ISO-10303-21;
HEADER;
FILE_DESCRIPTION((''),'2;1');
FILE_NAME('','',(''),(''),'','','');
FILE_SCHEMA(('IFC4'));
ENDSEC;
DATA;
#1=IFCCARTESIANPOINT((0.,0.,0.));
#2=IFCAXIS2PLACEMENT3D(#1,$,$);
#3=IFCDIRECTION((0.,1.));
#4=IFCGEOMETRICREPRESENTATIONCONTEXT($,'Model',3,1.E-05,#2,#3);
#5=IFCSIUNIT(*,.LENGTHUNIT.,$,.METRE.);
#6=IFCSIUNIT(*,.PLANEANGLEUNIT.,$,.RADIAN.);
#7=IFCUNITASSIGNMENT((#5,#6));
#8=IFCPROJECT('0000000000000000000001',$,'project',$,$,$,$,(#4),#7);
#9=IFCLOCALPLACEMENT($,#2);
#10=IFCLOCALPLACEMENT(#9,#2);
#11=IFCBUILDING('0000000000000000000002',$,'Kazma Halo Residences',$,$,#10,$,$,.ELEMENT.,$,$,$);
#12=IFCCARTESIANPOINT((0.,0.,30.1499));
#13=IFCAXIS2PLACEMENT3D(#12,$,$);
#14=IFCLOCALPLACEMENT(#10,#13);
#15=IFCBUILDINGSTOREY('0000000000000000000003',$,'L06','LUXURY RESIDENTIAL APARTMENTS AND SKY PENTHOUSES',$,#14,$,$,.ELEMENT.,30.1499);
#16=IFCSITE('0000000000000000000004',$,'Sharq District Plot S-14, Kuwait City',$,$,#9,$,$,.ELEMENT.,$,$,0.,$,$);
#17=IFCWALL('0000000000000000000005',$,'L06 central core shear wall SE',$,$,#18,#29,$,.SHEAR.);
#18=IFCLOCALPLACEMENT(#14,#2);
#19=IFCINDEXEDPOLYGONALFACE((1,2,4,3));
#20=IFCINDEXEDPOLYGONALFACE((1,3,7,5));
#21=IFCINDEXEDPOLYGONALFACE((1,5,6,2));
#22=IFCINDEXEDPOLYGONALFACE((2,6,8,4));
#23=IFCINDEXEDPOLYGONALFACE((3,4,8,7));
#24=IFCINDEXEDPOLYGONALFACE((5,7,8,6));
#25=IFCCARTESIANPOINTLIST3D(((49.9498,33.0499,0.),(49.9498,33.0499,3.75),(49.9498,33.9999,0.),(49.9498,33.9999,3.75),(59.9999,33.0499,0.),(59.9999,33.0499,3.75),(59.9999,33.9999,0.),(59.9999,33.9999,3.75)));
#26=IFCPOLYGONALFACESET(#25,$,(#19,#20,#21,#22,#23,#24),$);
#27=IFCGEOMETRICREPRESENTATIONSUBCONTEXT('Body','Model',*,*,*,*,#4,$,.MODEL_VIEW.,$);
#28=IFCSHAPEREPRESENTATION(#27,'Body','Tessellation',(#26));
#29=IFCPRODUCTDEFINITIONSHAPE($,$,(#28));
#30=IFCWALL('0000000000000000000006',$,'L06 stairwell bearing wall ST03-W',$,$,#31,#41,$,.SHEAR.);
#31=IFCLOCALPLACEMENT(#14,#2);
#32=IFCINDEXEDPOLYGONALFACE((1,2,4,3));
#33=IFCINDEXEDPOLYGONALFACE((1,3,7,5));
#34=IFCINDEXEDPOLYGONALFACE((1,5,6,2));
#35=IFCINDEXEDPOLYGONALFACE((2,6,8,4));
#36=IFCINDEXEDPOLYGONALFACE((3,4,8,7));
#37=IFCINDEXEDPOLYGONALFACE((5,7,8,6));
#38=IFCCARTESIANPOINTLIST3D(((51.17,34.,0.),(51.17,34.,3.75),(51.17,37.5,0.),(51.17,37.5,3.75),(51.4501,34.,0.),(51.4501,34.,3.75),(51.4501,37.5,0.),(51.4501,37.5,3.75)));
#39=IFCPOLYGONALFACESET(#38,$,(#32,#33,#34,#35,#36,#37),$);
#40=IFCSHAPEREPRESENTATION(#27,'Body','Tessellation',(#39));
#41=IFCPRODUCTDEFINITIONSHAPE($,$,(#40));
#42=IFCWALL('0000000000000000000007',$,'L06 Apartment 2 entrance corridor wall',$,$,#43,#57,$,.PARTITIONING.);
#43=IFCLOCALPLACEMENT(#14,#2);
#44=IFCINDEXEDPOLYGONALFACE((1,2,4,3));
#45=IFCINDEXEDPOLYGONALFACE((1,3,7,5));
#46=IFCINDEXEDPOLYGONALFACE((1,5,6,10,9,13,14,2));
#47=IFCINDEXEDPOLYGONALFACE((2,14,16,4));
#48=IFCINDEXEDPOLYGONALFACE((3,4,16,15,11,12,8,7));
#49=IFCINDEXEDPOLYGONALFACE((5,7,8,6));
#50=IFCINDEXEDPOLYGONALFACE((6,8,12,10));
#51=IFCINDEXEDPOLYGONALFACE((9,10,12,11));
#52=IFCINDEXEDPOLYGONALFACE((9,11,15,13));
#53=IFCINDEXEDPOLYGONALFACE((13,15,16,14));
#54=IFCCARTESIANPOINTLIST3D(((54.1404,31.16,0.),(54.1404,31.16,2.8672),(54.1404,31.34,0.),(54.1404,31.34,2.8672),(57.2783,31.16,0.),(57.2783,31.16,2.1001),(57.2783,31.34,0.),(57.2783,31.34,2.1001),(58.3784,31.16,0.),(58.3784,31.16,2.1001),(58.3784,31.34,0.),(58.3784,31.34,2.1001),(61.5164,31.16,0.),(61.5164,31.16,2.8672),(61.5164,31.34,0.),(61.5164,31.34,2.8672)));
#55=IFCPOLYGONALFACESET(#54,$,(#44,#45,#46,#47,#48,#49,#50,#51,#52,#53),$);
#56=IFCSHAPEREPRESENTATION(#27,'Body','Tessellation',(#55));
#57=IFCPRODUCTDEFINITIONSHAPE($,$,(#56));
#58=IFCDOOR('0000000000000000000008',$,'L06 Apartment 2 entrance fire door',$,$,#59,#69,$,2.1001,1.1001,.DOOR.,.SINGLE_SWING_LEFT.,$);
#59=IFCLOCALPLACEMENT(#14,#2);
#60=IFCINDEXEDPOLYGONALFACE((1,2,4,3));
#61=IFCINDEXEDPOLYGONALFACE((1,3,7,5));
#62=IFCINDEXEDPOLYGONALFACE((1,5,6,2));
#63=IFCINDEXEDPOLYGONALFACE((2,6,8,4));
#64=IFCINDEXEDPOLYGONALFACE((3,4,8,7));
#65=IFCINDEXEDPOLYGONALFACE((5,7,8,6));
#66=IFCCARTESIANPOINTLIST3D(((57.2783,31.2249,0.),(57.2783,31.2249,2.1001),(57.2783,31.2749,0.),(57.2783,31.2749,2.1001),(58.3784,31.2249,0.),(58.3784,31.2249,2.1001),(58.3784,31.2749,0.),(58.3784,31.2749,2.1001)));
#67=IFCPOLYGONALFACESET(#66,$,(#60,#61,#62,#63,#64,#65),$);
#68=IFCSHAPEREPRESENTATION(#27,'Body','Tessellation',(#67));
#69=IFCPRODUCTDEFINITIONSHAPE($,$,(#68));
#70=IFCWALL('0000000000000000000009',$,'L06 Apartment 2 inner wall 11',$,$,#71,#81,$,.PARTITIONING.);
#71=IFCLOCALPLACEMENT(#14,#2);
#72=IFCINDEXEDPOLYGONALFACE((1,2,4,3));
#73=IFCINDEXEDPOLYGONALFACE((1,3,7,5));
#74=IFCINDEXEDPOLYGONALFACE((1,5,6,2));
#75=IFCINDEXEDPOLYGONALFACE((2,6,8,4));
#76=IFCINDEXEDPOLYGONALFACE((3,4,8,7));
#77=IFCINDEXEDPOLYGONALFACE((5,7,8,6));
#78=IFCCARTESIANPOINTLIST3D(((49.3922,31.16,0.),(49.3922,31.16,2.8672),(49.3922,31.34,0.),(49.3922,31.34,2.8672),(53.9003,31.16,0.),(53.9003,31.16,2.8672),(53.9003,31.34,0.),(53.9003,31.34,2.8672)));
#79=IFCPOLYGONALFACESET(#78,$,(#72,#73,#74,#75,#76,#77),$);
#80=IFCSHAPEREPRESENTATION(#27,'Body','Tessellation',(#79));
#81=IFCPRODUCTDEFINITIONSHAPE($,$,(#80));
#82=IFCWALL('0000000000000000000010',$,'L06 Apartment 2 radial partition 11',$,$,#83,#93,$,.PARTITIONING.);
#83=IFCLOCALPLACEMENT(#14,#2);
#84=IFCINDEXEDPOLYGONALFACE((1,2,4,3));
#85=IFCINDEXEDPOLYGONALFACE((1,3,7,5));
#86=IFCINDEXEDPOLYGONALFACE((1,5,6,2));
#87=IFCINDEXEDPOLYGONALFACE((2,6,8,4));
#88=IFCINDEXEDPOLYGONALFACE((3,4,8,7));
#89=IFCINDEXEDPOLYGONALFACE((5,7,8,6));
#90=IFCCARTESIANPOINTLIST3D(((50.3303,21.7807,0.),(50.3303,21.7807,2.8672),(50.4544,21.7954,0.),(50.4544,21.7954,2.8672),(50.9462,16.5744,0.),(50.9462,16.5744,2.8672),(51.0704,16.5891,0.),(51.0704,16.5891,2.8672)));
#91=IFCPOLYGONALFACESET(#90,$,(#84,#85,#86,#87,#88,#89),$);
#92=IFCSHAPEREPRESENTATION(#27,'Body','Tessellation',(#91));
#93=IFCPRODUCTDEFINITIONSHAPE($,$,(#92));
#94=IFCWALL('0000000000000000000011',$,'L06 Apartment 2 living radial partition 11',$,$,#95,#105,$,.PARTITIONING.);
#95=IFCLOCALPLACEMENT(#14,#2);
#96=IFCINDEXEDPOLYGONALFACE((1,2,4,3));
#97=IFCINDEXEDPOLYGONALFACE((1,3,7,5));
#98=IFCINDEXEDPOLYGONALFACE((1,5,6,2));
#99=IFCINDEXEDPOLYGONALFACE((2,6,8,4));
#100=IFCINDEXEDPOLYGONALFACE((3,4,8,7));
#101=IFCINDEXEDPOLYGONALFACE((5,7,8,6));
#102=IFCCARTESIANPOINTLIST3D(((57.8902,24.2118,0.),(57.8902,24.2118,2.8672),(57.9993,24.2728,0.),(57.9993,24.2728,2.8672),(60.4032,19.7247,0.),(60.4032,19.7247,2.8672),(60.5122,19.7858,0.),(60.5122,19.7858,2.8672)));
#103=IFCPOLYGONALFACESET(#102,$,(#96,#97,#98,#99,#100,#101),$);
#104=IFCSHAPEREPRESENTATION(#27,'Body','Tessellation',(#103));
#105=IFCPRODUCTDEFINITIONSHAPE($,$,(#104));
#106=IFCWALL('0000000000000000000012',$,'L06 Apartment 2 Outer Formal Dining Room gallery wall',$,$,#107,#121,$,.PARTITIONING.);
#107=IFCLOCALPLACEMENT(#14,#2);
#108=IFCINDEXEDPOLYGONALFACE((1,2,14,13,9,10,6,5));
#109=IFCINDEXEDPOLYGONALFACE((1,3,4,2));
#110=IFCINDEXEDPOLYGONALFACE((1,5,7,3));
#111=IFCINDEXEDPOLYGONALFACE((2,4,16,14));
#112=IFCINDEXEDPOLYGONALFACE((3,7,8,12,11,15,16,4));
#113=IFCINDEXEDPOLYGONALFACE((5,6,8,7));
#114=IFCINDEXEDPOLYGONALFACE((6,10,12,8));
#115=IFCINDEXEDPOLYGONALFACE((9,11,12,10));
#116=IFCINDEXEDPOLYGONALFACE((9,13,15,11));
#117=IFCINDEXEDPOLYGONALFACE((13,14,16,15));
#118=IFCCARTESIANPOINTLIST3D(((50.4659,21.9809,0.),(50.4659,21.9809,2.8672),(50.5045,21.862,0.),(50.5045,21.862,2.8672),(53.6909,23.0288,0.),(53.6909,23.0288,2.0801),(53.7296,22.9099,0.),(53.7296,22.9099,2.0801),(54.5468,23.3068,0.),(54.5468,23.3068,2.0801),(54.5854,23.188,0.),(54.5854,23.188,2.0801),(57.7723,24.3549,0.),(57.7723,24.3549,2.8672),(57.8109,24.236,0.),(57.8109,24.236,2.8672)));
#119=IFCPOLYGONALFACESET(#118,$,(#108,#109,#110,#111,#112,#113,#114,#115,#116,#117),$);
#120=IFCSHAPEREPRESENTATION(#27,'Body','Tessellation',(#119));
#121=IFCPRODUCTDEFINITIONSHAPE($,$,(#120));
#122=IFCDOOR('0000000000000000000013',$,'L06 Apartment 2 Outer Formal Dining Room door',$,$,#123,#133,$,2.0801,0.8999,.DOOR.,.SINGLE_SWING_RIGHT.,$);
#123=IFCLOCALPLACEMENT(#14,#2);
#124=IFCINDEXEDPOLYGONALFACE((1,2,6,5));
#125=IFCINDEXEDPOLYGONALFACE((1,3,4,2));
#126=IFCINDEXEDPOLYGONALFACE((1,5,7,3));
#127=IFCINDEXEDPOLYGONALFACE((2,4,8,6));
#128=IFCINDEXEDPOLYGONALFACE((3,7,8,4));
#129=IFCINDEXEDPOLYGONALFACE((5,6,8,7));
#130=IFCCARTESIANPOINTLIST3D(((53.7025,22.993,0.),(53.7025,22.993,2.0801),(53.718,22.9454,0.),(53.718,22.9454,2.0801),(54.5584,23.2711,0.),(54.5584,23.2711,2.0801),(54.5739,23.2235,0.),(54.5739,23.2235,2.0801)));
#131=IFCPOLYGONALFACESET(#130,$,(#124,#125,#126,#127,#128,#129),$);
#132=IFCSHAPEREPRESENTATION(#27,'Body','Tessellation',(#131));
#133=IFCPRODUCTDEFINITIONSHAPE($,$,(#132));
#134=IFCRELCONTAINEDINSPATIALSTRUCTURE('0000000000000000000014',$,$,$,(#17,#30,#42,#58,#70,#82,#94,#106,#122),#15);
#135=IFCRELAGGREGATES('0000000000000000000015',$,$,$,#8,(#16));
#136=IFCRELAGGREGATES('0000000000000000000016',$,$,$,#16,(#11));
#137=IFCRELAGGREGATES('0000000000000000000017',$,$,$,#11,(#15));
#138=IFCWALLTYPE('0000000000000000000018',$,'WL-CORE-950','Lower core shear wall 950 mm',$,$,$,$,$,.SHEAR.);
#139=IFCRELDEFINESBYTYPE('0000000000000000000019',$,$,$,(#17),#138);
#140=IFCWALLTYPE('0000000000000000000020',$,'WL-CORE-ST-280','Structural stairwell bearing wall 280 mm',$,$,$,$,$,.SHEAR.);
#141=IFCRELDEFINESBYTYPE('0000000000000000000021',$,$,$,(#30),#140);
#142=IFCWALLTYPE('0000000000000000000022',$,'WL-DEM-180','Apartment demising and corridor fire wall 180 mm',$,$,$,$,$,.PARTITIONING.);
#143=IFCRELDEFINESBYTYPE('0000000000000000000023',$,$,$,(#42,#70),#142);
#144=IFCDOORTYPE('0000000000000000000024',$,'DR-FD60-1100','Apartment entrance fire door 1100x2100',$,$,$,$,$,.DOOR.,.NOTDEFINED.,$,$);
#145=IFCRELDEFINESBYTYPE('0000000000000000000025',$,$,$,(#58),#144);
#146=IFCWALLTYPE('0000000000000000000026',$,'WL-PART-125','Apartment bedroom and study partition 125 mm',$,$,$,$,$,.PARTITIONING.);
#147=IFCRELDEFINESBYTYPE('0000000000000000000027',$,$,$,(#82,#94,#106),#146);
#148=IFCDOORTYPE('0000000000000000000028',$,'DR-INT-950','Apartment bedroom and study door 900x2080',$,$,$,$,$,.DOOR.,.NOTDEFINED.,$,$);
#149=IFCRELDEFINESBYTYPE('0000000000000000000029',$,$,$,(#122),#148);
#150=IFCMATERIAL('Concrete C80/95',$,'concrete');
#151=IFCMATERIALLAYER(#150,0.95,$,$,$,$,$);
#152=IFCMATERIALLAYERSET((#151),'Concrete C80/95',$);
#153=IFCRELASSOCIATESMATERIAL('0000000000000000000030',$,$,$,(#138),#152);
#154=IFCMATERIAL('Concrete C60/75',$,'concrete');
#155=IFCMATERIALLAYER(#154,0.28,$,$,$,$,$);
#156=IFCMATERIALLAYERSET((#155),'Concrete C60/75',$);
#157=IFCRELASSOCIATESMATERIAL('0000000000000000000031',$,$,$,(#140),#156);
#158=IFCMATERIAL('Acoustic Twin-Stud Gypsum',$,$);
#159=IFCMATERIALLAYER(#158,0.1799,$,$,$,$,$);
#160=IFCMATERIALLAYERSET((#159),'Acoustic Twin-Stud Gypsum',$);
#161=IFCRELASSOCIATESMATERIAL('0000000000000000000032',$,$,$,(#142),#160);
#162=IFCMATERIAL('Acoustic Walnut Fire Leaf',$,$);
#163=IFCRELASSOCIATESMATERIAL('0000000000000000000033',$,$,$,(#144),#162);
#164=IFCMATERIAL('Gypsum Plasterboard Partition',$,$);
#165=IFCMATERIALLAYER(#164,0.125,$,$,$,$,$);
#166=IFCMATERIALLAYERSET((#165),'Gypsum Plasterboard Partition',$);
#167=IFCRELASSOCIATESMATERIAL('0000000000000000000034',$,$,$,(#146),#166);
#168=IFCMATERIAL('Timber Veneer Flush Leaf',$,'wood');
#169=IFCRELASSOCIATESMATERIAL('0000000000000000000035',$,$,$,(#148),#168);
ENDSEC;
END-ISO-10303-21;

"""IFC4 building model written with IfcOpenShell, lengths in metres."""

from ifc_helpers import new_model, si_unit, direction, frame, frame_2d, origin, place, context, subcontext, project, spatial, rectangle, extrude, material, layer, layer_set, type_object, element, fill, save


model = new_model("IFC4")

# Units and contexts
model_context = context("Model", 3, precision=1e-05, world=origin(), true_north=direction((0.0, 1.0)))
body_context = subcontext(model_context, "Body", "Model", "MODEL_VIEW")
ifc_project = project(units=[si_unit("LENGTHUNIT", "METRE"), si_unit("PLANEANGLEUNIT", "RADIAN")], contexts=[model_context])

# Site, building, storey
site_placement = place(None, origin())
site = spatial("IfcSite", under=ifc_project, at=site_placement, Name="Sharq District Plot S-14, Kuwait City", CompositionType="ELEMENT", RefElevation=0.0)
building_placement = place(site_placement, origin())
building = spatial("IfcBuilding", under=site, at=building_placement, Name="Kazma Halo Residences", CompositionType="ELEMENT")
storey_placement = place(building_placement, frame((0.0, 0.0, 30.1499)))
storey = spatial("IfcBuildingStorey", under=building, at=storey_placement, Name="L06", Description="LUXURY RESIDENTIAL APARTMENTS AND SKY PENTHOUSES", CompositionType="ELEMENT", Elevation=30.1499)

# Shared definitions
ifc_material_1 = material(Name="Concrete C80/95", Category="concrete")

# Walls
ifc_layer_1 = layer(ifc_material_1, 0.95)
ifc_layer_set_1 = layer_set([ifc_layer_1], Name="Concrete C80/95")
wall_type_1 = type_object("IfcWallType", Name="WL-CORE-950", Description="Lower core shear wall 950 mm", PredefinedType="SHEAR", material=ifc_layer_set_1)
wall_1_placement = place(storey_placement, frame((49.95, 33.5249, 0.0), z_axis=(0.0, 0.0, 1.0), x_axis=(1.0, 0.0, 0.0)))
element("IfcWall", 1, at=wall_1_placement, inside=storey, type_object=wall_type_1, Name="L06 central core shear wall SE", PredefinedType="SHEAR", context=body_context, shape_type="SweptSolid", body=[
    extrude(rectangle(XDim=10.05, YDim=0.95, at=frame_2d((5.0249, 0.0))), origin(), (0.0, 0.0, 1.0), 3.75),
])
ifc_material_2 = material(Name="Concrete C60/75", Category="concrete")
ifc_layer_2 = layer(ifc_material_2, 0.28)
ifc_layer_set_2 = layer_set([ifc_layer_2], Name="Concrete C60/75")
wall_type_2 = type_object("IfcWallType", Name="WL-CORE-ST-280", Description="Structural stairwell bearing wall 280 mm", PredefinedType="SHEAR", material=ifc_layer_set_2)
wall_2_placement = place(storey_placement, frame((51.3101, 34.0, 0.0), z_axis=(0.0, 0.0, 1.0), x_axis=(0.0, 1.0, 0.0)))
element("IfcWall", 2, at=wall_2_placement, inside=storey, type_object=wall_type_2, Name="L06 stairwell bearing wall ST03-W", PredefinedType="SHEAR", context=body_context, shape_type="SweptSolid", body=[
    extrude(rectangle(XDim=3.5, YDim=0.28, at=frame_2d((1.75, 0.0))), origin(), (0.0, 0.0, 1.0), 3.75),
])

# Wall, opening, door
ifc_material_3 = material(Name="Acoustic Twin-Stud Gypsum")
ifc_layer_3 = layer(ifc_material_3, 0.1799)
ifc_layer_set_3 = layer_set([ifc_layer_3], Name="Acoustic Twin-Stud Gypsum")
wall_type_3 = type_object("IfcWallType", Name="WL-DEM-180", Description="Apartment demising and corridor fire wall 180 mm", PredefinedType="PARTITIONING", material=ifc_layer_set_3)
wall_3_placement = place(storey_placement, frame((54.1404, 31.25, 0.0), z_axis=(0.0, 0.0, 1.0), x_axis=(1.0, 0.0, 0.0)))
wall_3 = element("IfcWall", 3, at=wall_3_placement, inside=storey, type_object=wall_type_3, Name="L06 Apartment 2 entrance corridor wall", PredefinedType="PARTITIONING", context=body_context, shape_type="SweptSolid", body=[
    extrude(rectangle(XDim=7.376, YDim=0.1799, at=frame_2d((3.688, 0.0))), origin(), (0.0, 0.0, 1.0), 2.8672),
])
opening_1_placement = place(wall_3_placement, frame((3.1379, 0.0, 0.0)))
opening_1 = element("IfcOpeningElement", 4, at=opening_1_placement, cuts=wall_3, PredefinedType="OPENING", context=body_context, shape_type="SweptSolid", body=[
    extrude(rectangle(XDim=1.1001, YDim=2.1001, at=frame_2d((0.55, 1.05))), frame((0.0, 0.0999, 0.0), z_axis=(0.0, -1.0, 0.0), x_axis=(1.0, 0.0, 0.0)), (0.0, 0.0, 1.0), 0.2),
])
ifc_material_4 = material(Name="Acoustic Walnut Fire Leaf")
door_type_1 = type_object("IfcDoorType", Name="DR-FD60-1100", Description="Apartment entrance fire door 1100x2100", OperationType="NOTDEFINED", PredefinedType="DOOR", material=ifc_material_4)
door_1_placement = place(opening_1_placement, origin())
door_1 = element("IfcDoor", 5, at=door_1_placement, inside=storey, type_object=door_type_1, Name="L06 Apartment 2 entrance fire door", OperationType="SINGLE_SWING_LEFT", OverallHeight=2.1001, OverallWidth=1.1001, PredefinedType="DOOR", context=body_context, shape_type="SweptSolid", body=[
    extrude(rectangle(XDim=1.1001, YDim=2.1001, at=frame_2d((0.55, 1.05))), frame((0.0, 0.0249, 0.0), z_axis=(0.0, -1.0, 0.0), x_axis=(1.0, 0.0, 0.0)), (0.0, 0.0, 1.0), 0.05),
])
fill(opening_1, door_1)

# Wall
wall_4_placement = place(storey_placement, frame((49.3923, 31.25, 0.0), z_axis=(0.0, 0.0, 1.0), x_axis=(1.0, 0.0, 0.0)))
element("IfcWall", 6, at=wall_4_placement, inside=storey, type_object=wall_type_3, Name="L06 Apartment 2 inner wall 11", PredefinedType="PARTITIONING", context=body_context, shape_type="SweptSolid", body=[
    extrude(rectangle(XDim=4.5081, YDim=0.1799, at=frame_2d((2.2539, 0.0))), origin(), (0.0, 0.0, 1.0), 2.8672),
])

# Walls
ifc_material_5 = material(Name="Gypsum Plasterboard Partition")
ifc_layer_4 = layer(ifc_material_5, 0.125)
ifc_layer_set_4 = layer_set([ifc_layer_4], Name="Gypsum Plasterboard Partition")
wall_type_4 = type_object("IfcWallType", Name="WL-PART-125", Description="Apartment bedroom and study partition 125 mm", PredefinedType="PARTITIONING", material=ifc_layer_set_4)
wall_5_placement = place(storey_placement, frame((50.3923, 21.7881, 0.0), z_axis=(0.0, 0.0, 1.0), x_axis=(0.117492, -0.993074, 0.0)))
element("IfcWall", 7, at=wall_5_placement, inside=storey, type_object=wall_type_4, Name="L06 Apartment 2 radial partition 11", PredefinedType="PARTITIONING", context=body_context, shape_type="SweptSolid", body=[
    extrude(rectangle(XDim=5.2427, YDim=0.125, at=frame_2d((2.6213, 0.0))), origin(), (0.0, 0.0, 1.0), 2.8672),
])
wall_6_placement = place(storey_placement, frame((57.9448, 24.2422, 0.0), z_axis=(0.0, 0.0, 1.0), x_axis=(0.488631, -0.872491, 0.0)))
element("IfcWall", 8, at=wall_6_placement, inside=storey, type_object=wall_type_4, Name="L06 Apartment 2 living radial partition 11", PredefinedType="PARTITIONING", context=body_context, shape_type="SweptSolid", body=[
    extrude(rectangle(XDim=5.1428, YDim=0.125, at=frame_2d((2.5713, 0.0))), origin(), (0.0, 0.0, 1.0), 2.8672),
])

# Wall, opening, door
wall_7_placement = place(storey_placement, frame((50.4851, 21.9214, 0.0), z_axis=(0.0, 0.0, 1.0), x_axis=(0.951055, 0.309021, 0.0)))
wall_7 = element("IfcWall", 9, at=wall_7_placement, inside=storey, type_object=wall_type_4, Name="L06 Apartment 2 Outer Formal Dining Room gallery wall", PredefinedType="PARTITIONING", context=body_context, shape_type="SweptSolid", body=[
    extrude(rectangle(XDim=7.6824, YDim=0.125, at=frame_2d((3.8413, 0.0))), origin(), (0.0, 0.0, 1.0), 2.8672),
])
opening_2_placement = place(wall_7_placement, frame((3.3911, 0.0, 0.0)))
opening_2 = element("IfcOpeningElement", 10, at=opening_2_placement, cuts=wall_7, PredefinedType="OPENING", context=body_context, shape_type="SweptSolid", body=[
    extrude(rectangle(XDim=0.8999, YDim=2.0801, at=frame_2d((0.45, 1.04))), frame((0.0, 0.0725, 0.0), z_axis=(0.0, -1.0, 0.0), x_axis=(1.0, 0.0, 0.0)), (0.0, 0.0, 1.0), 0.145),
])
ifc_material_6 = material(Name="Timber Veneer Flush Leaf", Category="wood")
door_type_2 = type_object("IfcDoorType", Name="DR-INT-950", Description="Apartment bedroom and study door 900x2080", OperationType="NOTDEFINED", PredefinedType="DOOR", material=ifc_material_6)
door_2_placement = place(opening_2_placement, origin())
door_2 = element("IfcDoor", 11, at=door_2_placement, inside=storey, type_object=door_type_2, Name="L06 Apartment 2 Outer Formal Dining Room door", OperationType="SINGLE_SWING_RIGHT", OverallHeight=2.0801, OverallWidth=0.8999, PredefinedType="DOOR", context=body_context, shape_type="SweptSolid", body=[
    extrude(rectangle(XDim=0.8999, YDim=2.0801, at=frame_2d((0.45, 1.04))), frame((0.0, 0.0249, 0.0), z_axis=(0.0, -1.0, 0.0), x_axis=(1.0, 0.0, 0.0)), (0.0, 0.0, 1.0), 0.05),
])
fill(opening_2, door_2)

save(model, "model.ifc")
